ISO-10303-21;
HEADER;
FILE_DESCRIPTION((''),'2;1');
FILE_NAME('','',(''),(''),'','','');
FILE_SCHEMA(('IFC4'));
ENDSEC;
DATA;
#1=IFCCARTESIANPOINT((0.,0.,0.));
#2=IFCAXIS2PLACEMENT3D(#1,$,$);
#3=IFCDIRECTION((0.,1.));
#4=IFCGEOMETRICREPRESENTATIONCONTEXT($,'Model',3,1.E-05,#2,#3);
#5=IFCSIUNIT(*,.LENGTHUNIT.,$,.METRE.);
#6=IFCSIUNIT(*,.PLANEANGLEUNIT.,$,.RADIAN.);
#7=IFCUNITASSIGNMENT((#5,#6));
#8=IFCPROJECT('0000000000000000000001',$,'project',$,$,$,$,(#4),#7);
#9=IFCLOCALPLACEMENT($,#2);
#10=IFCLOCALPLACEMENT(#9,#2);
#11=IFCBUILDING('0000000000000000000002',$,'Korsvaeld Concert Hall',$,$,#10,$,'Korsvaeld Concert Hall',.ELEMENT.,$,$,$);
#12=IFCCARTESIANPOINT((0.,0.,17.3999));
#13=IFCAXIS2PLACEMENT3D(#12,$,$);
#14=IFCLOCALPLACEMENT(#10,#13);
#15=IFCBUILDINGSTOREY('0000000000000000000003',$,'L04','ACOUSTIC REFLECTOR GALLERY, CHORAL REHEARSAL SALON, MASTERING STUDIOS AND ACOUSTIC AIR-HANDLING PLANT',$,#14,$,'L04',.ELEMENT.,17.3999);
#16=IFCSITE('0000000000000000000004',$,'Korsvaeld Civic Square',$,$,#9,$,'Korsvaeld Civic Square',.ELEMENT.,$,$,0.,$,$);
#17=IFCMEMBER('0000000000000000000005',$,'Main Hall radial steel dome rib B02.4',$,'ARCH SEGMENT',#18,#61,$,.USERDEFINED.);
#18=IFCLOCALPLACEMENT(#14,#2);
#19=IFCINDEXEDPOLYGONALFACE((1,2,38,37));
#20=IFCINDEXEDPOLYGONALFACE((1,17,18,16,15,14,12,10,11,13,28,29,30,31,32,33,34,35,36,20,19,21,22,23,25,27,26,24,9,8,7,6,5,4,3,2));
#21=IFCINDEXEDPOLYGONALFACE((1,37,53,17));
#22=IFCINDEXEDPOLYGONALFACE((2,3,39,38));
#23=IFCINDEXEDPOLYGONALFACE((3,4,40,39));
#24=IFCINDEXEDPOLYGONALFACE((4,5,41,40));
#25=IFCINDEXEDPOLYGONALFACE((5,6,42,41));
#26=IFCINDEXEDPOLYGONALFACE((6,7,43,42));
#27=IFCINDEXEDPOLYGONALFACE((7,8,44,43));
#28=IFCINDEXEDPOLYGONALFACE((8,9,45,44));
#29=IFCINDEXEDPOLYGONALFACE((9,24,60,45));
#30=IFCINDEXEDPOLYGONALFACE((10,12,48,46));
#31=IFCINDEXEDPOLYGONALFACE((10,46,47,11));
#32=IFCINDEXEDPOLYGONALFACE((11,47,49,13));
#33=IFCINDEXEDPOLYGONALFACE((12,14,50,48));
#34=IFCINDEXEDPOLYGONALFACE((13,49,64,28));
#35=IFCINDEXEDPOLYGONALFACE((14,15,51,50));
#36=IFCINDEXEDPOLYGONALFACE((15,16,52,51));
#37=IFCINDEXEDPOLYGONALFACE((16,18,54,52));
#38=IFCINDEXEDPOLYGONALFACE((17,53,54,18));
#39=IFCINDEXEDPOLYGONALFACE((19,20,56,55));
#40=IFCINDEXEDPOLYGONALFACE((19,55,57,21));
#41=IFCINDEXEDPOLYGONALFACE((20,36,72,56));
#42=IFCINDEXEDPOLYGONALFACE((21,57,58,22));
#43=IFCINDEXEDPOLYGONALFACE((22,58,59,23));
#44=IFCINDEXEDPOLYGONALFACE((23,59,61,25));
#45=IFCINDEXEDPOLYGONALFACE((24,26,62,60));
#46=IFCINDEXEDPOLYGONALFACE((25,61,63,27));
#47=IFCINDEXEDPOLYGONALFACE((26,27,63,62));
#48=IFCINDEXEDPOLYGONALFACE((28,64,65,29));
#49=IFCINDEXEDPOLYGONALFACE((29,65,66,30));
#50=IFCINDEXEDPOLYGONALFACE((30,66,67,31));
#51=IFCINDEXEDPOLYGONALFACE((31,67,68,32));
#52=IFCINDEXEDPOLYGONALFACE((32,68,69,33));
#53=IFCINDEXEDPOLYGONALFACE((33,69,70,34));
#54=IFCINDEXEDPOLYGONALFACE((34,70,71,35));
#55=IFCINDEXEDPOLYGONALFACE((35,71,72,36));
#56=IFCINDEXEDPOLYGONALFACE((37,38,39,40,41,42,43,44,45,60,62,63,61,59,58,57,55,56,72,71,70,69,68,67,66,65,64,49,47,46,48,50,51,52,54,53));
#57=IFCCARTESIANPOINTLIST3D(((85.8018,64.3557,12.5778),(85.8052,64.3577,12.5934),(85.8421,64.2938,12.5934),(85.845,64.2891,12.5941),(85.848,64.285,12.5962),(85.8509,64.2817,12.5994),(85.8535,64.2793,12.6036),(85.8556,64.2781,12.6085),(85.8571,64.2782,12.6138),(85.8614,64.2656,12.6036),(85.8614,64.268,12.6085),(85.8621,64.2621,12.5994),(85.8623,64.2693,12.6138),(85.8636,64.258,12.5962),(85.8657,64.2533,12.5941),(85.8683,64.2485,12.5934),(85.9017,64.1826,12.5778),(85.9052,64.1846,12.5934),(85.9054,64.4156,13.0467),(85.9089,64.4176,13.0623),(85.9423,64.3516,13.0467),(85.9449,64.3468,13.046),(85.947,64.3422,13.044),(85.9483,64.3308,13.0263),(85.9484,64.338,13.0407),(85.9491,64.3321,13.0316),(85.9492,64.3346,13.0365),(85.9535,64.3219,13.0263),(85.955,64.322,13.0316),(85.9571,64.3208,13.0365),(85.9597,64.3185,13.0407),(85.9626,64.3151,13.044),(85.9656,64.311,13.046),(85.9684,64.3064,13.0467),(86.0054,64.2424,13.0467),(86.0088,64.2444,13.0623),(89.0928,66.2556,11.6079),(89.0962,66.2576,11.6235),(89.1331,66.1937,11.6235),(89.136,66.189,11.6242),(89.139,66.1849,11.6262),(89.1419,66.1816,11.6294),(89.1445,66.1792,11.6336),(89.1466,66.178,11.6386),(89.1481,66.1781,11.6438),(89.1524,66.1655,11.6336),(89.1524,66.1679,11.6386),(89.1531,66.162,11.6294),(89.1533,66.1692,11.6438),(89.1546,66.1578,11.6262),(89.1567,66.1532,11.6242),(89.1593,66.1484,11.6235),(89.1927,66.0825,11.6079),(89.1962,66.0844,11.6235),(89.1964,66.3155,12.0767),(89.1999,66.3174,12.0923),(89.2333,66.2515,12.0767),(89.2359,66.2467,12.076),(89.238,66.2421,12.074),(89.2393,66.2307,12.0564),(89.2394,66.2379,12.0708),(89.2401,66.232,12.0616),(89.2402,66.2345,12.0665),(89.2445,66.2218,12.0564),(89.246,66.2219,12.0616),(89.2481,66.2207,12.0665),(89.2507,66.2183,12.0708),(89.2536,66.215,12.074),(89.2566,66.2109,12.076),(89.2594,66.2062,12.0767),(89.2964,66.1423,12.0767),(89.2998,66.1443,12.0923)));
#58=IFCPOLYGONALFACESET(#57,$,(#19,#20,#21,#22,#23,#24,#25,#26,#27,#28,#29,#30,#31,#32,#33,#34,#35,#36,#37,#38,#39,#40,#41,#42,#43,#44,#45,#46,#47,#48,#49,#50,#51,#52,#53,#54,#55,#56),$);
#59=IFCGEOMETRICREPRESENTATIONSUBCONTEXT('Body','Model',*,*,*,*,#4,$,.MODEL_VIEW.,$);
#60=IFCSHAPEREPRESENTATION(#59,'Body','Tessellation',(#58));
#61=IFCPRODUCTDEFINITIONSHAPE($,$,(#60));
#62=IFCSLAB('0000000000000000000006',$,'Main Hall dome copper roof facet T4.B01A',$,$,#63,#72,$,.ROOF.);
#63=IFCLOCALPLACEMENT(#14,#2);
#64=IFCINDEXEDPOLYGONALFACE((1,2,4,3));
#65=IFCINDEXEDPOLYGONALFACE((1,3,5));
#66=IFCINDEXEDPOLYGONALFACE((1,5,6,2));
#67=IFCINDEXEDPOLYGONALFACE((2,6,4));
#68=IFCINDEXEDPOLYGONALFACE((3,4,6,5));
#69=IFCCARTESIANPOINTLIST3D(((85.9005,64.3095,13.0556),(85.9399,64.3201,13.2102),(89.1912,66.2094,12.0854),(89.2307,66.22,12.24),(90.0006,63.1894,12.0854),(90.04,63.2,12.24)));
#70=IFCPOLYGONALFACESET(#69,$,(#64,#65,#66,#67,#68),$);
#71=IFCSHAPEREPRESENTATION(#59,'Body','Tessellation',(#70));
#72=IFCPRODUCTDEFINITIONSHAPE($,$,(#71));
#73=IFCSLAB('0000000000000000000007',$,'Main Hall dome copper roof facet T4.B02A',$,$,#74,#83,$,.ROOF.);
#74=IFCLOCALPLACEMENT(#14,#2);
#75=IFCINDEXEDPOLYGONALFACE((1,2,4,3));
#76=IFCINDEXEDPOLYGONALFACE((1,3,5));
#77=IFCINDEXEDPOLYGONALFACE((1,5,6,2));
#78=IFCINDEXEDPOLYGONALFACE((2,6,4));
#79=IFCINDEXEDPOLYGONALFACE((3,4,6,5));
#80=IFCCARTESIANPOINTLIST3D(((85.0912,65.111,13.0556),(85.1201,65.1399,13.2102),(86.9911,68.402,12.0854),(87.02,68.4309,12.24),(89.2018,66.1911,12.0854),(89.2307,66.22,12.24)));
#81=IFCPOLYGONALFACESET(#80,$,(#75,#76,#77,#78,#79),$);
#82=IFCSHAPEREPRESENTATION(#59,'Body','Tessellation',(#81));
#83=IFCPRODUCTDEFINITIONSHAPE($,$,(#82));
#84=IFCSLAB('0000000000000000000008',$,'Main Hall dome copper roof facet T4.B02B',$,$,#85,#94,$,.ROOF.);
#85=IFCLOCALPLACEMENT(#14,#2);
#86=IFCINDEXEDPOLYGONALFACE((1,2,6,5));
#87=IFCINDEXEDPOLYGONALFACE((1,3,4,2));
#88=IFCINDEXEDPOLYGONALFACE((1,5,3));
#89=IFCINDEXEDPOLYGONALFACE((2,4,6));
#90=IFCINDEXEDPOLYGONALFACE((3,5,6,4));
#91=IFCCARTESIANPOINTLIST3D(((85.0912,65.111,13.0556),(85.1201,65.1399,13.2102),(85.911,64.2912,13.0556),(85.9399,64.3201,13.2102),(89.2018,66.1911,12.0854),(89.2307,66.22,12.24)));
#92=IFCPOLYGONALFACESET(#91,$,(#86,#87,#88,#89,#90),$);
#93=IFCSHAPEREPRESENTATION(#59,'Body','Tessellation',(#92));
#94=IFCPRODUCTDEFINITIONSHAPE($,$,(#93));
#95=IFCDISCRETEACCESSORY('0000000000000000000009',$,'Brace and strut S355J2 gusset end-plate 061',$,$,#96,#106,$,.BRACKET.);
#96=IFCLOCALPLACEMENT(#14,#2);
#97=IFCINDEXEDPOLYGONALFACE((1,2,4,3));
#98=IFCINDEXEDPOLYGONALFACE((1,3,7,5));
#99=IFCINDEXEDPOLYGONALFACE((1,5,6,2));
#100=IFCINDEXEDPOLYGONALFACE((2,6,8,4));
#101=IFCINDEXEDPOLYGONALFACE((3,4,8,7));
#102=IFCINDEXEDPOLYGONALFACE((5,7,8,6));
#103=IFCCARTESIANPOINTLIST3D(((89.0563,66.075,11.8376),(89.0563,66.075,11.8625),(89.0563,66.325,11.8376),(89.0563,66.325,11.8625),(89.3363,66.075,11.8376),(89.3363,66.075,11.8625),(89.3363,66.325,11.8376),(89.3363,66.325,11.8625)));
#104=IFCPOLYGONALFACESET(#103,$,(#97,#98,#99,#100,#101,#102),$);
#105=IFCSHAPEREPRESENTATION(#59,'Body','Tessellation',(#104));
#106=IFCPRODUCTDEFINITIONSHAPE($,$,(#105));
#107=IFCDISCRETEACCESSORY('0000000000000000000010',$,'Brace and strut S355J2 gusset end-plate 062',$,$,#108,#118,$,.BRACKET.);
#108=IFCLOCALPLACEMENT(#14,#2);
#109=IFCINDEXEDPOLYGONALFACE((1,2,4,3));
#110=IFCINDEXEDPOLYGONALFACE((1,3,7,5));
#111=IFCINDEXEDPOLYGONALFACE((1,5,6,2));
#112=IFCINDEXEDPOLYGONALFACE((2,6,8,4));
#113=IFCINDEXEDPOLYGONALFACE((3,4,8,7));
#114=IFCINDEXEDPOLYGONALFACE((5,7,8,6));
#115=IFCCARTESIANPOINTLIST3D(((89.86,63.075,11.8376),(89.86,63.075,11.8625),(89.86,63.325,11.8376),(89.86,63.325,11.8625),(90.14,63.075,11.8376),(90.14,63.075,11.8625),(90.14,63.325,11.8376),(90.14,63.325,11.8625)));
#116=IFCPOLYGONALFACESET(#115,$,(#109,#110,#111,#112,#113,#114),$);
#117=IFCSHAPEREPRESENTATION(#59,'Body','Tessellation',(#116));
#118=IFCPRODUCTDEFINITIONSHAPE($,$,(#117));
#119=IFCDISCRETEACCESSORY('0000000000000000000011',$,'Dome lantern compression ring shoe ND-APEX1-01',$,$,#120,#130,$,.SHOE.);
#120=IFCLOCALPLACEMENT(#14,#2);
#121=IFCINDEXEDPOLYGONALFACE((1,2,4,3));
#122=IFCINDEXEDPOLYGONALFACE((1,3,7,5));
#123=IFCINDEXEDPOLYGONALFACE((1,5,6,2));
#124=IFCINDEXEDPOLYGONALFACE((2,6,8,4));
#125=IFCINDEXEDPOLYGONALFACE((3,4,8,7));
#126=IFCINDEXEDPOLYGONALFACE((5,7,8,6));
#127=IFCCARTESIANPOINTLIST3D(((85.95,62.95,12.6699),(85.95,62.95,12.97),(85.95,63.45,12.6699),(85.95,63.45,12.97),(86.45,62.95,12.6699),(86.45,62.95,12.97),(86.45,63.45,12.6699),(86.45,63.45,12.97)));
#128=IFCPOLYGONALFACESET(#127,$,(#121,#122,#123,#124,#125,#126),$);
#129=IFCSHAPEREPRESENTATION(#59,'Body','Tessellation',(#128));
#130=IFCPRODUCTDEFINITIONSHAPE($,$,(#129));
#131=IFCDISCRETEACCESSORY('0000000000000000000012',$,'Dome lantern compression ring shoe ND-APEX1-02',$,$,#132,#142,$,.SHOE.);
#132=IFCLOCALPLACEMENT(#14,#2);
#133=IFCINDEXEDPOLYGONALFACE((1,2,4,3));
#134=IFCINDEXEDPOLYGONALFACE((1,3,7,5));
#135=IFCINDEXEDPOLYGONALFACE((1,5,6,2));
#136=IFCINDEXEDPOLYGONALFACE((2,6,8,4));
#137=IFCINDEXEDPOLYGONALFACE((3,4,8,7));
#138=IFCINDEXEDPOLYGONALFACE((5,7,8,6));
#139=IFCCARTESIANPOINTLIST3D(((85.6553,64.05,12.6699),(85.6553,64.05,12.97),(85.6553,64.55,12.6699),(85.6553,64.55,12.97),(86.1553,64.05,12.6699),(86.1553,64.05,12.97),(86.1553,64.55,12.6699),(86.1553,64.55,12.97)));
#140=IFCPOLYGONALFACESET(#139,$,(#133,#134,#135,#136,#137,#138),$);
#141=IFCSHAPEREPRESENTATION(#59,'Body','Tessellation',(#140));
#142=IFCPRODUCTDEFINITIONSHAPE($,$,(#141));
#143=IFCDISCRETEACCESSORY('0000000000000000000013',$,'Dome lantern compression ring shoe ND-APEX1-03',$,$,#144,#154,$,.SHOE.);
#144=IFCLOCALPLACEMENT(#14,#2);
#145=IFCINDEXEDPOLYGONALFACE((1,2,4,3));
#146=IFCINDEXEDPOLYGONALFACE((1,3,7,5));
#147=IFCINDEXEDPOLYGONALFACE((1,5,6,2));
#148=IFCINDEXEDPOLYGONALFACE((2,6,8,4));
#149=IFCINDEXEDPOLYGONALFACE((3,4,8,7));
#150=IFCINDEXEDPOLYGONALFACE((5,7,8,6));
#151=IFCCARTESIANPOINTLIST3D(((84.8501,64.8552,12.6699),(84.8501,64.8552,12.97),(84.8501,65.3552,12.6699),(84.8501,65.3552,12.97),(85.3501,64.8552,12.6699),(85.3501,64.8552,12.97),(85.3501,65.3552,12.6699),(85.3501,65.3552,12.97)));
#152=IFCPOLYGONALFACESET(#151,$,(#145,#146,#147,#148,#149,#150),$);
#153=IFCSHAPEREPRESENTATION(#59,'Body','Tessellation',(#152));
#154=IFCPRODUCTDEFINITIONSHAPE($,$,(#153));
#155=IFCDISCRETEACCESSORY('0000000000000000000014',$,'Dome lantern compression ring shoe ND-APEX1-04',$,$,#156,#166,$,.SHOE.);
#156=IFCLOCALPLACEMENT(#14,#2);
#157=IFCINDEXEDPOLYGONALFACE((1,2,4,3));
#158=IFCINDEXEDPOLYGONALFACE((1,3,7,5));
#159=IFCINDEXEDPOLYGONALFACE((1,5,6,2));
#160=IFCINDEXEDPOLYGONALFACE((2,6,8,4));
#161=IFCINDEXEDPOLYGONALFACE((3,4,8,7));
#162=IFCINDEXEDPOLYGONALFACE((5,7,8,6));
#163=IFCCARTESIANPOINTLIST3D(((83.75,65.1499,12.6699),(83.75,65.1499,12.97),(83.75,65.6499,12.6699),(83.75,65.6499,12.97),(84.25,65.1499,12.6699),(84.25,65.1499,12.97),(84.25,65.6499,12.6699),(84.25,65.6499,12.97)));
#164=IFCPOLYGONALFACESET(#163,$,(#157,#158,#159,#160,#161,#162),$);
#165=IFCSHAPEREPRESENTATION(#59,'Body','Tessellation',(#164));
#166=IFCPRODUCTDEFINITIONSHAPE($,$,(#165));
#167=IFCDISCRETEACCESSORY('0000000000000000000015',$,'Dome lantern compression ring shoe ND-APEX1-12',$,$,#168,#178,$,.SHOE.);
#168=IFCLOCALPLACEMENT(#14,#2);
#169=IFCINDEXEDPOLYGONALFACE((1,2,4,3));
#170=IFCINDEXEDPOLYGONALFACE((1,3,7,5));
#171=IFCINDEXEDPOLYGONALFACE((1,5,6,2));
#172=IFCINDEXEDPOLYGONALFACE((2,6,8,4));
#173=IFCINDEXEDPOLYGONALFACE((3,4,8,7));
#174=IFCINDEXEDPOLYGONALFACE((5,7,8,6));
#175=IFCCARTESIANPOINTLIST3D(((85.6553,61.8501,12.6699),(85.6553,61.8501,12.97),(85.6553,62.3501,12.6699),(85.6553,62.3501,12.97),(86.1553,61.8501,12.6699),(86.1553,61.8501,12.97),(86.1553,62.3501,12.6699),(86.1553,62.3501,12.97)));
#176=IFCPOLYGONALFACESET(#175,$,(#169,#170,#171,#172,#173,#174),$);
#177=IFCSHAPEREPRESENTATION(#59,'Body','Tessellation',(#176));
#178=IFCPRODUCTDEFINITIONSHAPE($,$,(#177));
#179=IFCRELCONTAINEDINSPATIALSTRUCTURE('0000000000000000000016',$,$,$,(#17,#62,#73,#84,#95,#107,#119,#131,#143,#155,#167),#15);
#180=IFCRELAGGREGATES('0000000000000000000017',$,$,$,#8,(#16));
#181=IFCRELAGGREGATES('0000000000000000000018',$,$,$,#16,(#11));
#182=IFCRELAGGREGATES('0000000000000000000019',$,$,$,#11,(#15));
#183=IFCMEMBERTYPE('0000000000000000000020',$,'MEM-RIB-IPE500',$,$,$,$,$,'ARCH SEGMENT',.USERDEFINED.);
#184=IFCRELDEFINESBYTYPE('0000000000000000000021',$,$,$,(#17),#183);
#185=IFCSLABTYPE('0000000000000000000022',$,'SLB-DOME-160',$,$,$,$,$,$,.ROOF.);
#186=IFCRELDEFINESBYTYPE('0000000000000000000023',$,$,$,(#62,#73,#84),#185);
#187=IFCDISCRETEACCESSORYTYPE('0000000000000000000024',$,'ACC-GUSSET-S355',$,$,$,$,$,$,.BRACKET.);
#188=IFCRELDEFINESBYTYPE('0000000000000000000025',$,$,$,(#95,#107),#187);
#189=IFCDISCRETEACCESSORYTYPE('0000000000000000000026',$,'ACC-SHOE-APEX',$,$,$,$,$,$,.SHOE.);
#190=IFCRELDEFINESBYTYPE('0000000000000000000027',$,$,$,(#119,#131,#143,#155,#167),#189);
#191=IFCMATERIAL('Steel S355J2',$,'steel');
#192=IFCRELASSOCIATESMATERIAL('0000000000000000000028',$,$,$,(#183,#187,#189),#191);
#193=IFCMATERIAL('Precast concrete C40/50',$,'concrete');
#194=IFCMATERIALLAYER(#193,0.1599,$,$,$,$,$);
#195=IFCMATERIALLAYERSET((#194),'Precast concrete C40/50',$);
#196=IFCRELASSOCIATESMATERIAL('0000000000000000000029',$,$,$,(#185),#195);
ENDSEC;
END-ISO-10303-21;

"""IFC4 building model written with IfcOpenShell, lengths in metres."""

from ifc_helpers import new_model, si_unit, direction, frame, origin, origin_2d, place, context, subcontext, project, spatial, polyline, rectangle, i_section, outline, extrude, material, layer, layer_set, material_profile, profile_set, type_object, element, save


model = new_model("IFC4")

# Units and contexts
model_context = context("Model", 3, precision=1e-05, world=origin(), true_north=direction((0.0, 1.0)))
body_context = subcontext(model_context, "Body", "Model", "MODEL_VIEW")
ifc_project = project(units=[si_unit("LENGTHUNIT", "METRE"), si_unit("PLANEANGLEUNIT", "RADIAN")], contexts=[model_context])

# Site, building, storey
site_placement = place(None, origin())
site = spatial("IfcSite", under=ifc_project, at=site_placement, Name="Korsvaeld Civic Square", LongName="Korsvaeld Civic Square", CompositionType="ELEMENT", RefElevation=0.0)
building_placement = place(site_placement, origin())
building = spatial("IfcBuilding", under=site, at=building_placement, Name="Korsvaeld Concert Hall", LongName="Korsvaeld Concert Hall", CompositionType="ELEMENT")
storey_placement = place(building_placement, frame((0.0, 0.0, 17.3999)))
storey = spatial("IfcBuildingStorey", under=building, at=storey_placement, Name="L04", Description="ACOUSTIC REFLECTOR GALLERY, CHORAL REHEARSAL SALON, MASTERING STUDIOS AND ACOUSTIC AIR-HANDLING PLANT", LongName="L04", CompositionType="ELEMENT", Elevation=17.3999)

# Shared definitions
ifc_material_1 = material(Name="Steel S355J2", Category="steel")

# Member
ifc_material_profile_1 = material_profile(ifc_material_1, i_section(OverallWidth=0.2, OverallDepth=0.5, WebThickness=0.0103, FlangeThickness=0.0161, FilletRadius=0.021, at=origin_2d()), Name="IPE 500")
ifc_profile_set_1 = profile_set([ifc_material_profile_1], Name="Steel S355J2")
member_type_1 = type_object("IfcMemberType", Name="MEM-RIB-IPE500", ElementType="ARCH SEGMENT", PredefinedType="USERDEFINED", material=ifc_profile_set_1)
for number, where, z_axis, x_axis, name in (
    (1, (89.1963, 66.2, 11.8501), (-0.839139, -0.484435, 0.247322), (0.499967, -0.866044, 0.0), "Main Hall radial steel dome rib B02.4"),
):
    element("IfcMember", number, at=place(storey_placement, frame(where, z_axis=z_axis, x_axis=x_axis)), inside=storey, type_object=member_type_1, Name=name, ObjectType="ARCH SEGMENT", PredefinedType="USERDEFINED", context=body_context, shape_type="SweptSolid", body=[
        extrude(i_section(OverallWidth=0.2, OverallDepth=0.5, WebThickness=0.0103, FlangeThickness=0.0161, FilletRadius=0.021, at=origin_2d()), origin(), (0.0, 0.0, 1.0), 3.9219),
    ])

# Slabs
ifc_material_2 = material(Name="Precast concrete C40/50", Category="concrete")
ifc_layer = layer(ifc_material_2, 0.1599)
ifc_layer_set = layer_set([ifc_layer], Name="Precast concrete C40/50")
slab_type = type_object("IfcSlabType", Name="SLB-DOME-160", PredefinedType="ROOF", material=ifc_layer_set)
slab_1_placement = place(storey_placement, frame((90.04, 63.2, 12.24), z_axis=(0.246847, 0.066152, 0.966794), x_axis=(-0.258853, 0.965917, 0.0)))
element("IfcSlab", 2, at=slab_1_placement, inside=storey, type_object=slab_type, Name="Main Hall dome copper roof facet T4.B01A", PredefinedType="ROOF", context=body_context, shape_type="SweptSolid", body=[
    extrude(outline(polyline([(0.0, 0.0), (3.1266, 0.0), (2.1433, 3.7965), (0.0, 0.0)])), origin(), (0.0, 0.0, -1.0), 0.1599),
])
slab_2_placement = place(storey_placement, frame((89.2307, 66.22, 12.24), z_axis=(0.180713, 0.180693, 0.966795), x_axis=(-0.707068, 0.707146, 0.0)))
element("IfcSlab", 3, at=slab_2_placement, inside=storey, type_object=slab_type, Name="Main Hall dome copper roof facet T4.B02A", PredefinedType="ROOF", context=body_context, shape_type="SweptSolid", body=[
    extrude(outline(polyline([(0.0, 0.0), (3.1266, 0.0), (2.1427, 3.7965), (0.0, 0.0)])), origin(), (0.0, 0.0, -1.0), 0.1599),
])
slab_3_placement = place(storey_placement, frame((89.2307, 66.22, 12.24), z_axis=(0.180708, 0.180708, 0.966793), x_axis=(-0.942914, -0.247755, 0.222554)))
element("IfcSlab", 4, at=slab_3_placement, inside=storey, type_object=slab_type, Name="Main Hall dome copper roof facet T4.B02B", PredefinedType="ROOF", context=body_context, shape_type="SweptSolid", body=[
    extrude(outline(polyline([(0.0, 0.0), (4.3595, 0.0), (3.7896, 1.0097), (0.0, 0.0)])), origin(), (0.0, 0.0, -1.0), 0.1599),
])

# Discrete accessories
discrete_accessory_type_1 = type_object("IfcDiscreteAccessoryType", Name="ACC-GUSSET-S355", PredefinedType="BRACKET", material=ifc_material_1)
for number, where, z_axis, x_axis, name in (
    (5, (89.1963, 66.2, 11.8376), (0.0, 0.0, 1.0), (1.0, 0.0, 0.0), "Brace and strut S355J2 gusset end-plate 061"),
    (6, (90.0, 63.2, 11.8376), (0.0, 0.0, 1.0), (1.0, 0.0, 0.0), "Brace and strut S355J2 gusset end-plate 062"),
):
    element("IfcDiscreteAccessory", number, at=place(storey_placement, frame(where, z_axis=z_axis, x_axis=x_axis)), inside=storey, type_object=discrete_accessory_type_1, Name=name, PredefinedType="BRACKET", context=body_context, shape_type="SweptSolid", body=[
        extrude(rectangle(XDim=0.28, YDim=0.25, at=origin_2d()), origin(), (0.0, 0.0, 1.0), 0.0249),
    ])
discrete_accessory_type_2 = type_object("IfcDiscreteAccessoryType", Name="ACC-SHOE-APEX", PredefinedType="SHOE", material=ifc_material_1)
for number, where, z_axis, x_axis, name in (
    (7, (86.2, 63.2, 12.6699), (0.0, 0.0, 1.0), (1.0, 0.0, 0.0), "Dome lantern compression ring shoe ND-APEX1-01"),
    (8, (85.9053, 64.3, 12.6699), (0.0, 0.0, 1.0), (1.0, 0.0, 0.0), "Dome lantern compression ring shoe ND-APEX1-02"),
    (9, (85.1001, 65.1052, 12.6699), (0.0, 0.0, 1.0), (1.0, 0.0, 0.0), "Dome lantern compression ring shoe ND-APEX1-03"),
    (10, (84.0, 65.3999, 12.6699), (0.0, 0.0, 1.0), (1.0, 0.0, 0.0), "Dome lantern compression ring shoe ND-APEX1-04"),
    (11, (85.9053, 62.1001, 12.6699), (0.0, 0.0, 1.0), (1.0, 0.0, 0.0), "Dome lantern compression ring shoe ND-APEX1-12"),
):
    element("IfcDiscreteAccessory", number, at=place(storey_placement, frame(where, z_axis=z_axis, x_axis=x_axis)), inside=storey, type_object=discrete_accessory_type_2, Name=name, PredefinedType="SHOE", context=body_context, shape_type="SweptSolid", body=[
        extrude(rectangle(XDim=0.5, YDim=0.5, at=origin_2d()), origin(), (0.0, 0.0, 1.0), 0.3),
    ])

save(model, "model.ifc")
